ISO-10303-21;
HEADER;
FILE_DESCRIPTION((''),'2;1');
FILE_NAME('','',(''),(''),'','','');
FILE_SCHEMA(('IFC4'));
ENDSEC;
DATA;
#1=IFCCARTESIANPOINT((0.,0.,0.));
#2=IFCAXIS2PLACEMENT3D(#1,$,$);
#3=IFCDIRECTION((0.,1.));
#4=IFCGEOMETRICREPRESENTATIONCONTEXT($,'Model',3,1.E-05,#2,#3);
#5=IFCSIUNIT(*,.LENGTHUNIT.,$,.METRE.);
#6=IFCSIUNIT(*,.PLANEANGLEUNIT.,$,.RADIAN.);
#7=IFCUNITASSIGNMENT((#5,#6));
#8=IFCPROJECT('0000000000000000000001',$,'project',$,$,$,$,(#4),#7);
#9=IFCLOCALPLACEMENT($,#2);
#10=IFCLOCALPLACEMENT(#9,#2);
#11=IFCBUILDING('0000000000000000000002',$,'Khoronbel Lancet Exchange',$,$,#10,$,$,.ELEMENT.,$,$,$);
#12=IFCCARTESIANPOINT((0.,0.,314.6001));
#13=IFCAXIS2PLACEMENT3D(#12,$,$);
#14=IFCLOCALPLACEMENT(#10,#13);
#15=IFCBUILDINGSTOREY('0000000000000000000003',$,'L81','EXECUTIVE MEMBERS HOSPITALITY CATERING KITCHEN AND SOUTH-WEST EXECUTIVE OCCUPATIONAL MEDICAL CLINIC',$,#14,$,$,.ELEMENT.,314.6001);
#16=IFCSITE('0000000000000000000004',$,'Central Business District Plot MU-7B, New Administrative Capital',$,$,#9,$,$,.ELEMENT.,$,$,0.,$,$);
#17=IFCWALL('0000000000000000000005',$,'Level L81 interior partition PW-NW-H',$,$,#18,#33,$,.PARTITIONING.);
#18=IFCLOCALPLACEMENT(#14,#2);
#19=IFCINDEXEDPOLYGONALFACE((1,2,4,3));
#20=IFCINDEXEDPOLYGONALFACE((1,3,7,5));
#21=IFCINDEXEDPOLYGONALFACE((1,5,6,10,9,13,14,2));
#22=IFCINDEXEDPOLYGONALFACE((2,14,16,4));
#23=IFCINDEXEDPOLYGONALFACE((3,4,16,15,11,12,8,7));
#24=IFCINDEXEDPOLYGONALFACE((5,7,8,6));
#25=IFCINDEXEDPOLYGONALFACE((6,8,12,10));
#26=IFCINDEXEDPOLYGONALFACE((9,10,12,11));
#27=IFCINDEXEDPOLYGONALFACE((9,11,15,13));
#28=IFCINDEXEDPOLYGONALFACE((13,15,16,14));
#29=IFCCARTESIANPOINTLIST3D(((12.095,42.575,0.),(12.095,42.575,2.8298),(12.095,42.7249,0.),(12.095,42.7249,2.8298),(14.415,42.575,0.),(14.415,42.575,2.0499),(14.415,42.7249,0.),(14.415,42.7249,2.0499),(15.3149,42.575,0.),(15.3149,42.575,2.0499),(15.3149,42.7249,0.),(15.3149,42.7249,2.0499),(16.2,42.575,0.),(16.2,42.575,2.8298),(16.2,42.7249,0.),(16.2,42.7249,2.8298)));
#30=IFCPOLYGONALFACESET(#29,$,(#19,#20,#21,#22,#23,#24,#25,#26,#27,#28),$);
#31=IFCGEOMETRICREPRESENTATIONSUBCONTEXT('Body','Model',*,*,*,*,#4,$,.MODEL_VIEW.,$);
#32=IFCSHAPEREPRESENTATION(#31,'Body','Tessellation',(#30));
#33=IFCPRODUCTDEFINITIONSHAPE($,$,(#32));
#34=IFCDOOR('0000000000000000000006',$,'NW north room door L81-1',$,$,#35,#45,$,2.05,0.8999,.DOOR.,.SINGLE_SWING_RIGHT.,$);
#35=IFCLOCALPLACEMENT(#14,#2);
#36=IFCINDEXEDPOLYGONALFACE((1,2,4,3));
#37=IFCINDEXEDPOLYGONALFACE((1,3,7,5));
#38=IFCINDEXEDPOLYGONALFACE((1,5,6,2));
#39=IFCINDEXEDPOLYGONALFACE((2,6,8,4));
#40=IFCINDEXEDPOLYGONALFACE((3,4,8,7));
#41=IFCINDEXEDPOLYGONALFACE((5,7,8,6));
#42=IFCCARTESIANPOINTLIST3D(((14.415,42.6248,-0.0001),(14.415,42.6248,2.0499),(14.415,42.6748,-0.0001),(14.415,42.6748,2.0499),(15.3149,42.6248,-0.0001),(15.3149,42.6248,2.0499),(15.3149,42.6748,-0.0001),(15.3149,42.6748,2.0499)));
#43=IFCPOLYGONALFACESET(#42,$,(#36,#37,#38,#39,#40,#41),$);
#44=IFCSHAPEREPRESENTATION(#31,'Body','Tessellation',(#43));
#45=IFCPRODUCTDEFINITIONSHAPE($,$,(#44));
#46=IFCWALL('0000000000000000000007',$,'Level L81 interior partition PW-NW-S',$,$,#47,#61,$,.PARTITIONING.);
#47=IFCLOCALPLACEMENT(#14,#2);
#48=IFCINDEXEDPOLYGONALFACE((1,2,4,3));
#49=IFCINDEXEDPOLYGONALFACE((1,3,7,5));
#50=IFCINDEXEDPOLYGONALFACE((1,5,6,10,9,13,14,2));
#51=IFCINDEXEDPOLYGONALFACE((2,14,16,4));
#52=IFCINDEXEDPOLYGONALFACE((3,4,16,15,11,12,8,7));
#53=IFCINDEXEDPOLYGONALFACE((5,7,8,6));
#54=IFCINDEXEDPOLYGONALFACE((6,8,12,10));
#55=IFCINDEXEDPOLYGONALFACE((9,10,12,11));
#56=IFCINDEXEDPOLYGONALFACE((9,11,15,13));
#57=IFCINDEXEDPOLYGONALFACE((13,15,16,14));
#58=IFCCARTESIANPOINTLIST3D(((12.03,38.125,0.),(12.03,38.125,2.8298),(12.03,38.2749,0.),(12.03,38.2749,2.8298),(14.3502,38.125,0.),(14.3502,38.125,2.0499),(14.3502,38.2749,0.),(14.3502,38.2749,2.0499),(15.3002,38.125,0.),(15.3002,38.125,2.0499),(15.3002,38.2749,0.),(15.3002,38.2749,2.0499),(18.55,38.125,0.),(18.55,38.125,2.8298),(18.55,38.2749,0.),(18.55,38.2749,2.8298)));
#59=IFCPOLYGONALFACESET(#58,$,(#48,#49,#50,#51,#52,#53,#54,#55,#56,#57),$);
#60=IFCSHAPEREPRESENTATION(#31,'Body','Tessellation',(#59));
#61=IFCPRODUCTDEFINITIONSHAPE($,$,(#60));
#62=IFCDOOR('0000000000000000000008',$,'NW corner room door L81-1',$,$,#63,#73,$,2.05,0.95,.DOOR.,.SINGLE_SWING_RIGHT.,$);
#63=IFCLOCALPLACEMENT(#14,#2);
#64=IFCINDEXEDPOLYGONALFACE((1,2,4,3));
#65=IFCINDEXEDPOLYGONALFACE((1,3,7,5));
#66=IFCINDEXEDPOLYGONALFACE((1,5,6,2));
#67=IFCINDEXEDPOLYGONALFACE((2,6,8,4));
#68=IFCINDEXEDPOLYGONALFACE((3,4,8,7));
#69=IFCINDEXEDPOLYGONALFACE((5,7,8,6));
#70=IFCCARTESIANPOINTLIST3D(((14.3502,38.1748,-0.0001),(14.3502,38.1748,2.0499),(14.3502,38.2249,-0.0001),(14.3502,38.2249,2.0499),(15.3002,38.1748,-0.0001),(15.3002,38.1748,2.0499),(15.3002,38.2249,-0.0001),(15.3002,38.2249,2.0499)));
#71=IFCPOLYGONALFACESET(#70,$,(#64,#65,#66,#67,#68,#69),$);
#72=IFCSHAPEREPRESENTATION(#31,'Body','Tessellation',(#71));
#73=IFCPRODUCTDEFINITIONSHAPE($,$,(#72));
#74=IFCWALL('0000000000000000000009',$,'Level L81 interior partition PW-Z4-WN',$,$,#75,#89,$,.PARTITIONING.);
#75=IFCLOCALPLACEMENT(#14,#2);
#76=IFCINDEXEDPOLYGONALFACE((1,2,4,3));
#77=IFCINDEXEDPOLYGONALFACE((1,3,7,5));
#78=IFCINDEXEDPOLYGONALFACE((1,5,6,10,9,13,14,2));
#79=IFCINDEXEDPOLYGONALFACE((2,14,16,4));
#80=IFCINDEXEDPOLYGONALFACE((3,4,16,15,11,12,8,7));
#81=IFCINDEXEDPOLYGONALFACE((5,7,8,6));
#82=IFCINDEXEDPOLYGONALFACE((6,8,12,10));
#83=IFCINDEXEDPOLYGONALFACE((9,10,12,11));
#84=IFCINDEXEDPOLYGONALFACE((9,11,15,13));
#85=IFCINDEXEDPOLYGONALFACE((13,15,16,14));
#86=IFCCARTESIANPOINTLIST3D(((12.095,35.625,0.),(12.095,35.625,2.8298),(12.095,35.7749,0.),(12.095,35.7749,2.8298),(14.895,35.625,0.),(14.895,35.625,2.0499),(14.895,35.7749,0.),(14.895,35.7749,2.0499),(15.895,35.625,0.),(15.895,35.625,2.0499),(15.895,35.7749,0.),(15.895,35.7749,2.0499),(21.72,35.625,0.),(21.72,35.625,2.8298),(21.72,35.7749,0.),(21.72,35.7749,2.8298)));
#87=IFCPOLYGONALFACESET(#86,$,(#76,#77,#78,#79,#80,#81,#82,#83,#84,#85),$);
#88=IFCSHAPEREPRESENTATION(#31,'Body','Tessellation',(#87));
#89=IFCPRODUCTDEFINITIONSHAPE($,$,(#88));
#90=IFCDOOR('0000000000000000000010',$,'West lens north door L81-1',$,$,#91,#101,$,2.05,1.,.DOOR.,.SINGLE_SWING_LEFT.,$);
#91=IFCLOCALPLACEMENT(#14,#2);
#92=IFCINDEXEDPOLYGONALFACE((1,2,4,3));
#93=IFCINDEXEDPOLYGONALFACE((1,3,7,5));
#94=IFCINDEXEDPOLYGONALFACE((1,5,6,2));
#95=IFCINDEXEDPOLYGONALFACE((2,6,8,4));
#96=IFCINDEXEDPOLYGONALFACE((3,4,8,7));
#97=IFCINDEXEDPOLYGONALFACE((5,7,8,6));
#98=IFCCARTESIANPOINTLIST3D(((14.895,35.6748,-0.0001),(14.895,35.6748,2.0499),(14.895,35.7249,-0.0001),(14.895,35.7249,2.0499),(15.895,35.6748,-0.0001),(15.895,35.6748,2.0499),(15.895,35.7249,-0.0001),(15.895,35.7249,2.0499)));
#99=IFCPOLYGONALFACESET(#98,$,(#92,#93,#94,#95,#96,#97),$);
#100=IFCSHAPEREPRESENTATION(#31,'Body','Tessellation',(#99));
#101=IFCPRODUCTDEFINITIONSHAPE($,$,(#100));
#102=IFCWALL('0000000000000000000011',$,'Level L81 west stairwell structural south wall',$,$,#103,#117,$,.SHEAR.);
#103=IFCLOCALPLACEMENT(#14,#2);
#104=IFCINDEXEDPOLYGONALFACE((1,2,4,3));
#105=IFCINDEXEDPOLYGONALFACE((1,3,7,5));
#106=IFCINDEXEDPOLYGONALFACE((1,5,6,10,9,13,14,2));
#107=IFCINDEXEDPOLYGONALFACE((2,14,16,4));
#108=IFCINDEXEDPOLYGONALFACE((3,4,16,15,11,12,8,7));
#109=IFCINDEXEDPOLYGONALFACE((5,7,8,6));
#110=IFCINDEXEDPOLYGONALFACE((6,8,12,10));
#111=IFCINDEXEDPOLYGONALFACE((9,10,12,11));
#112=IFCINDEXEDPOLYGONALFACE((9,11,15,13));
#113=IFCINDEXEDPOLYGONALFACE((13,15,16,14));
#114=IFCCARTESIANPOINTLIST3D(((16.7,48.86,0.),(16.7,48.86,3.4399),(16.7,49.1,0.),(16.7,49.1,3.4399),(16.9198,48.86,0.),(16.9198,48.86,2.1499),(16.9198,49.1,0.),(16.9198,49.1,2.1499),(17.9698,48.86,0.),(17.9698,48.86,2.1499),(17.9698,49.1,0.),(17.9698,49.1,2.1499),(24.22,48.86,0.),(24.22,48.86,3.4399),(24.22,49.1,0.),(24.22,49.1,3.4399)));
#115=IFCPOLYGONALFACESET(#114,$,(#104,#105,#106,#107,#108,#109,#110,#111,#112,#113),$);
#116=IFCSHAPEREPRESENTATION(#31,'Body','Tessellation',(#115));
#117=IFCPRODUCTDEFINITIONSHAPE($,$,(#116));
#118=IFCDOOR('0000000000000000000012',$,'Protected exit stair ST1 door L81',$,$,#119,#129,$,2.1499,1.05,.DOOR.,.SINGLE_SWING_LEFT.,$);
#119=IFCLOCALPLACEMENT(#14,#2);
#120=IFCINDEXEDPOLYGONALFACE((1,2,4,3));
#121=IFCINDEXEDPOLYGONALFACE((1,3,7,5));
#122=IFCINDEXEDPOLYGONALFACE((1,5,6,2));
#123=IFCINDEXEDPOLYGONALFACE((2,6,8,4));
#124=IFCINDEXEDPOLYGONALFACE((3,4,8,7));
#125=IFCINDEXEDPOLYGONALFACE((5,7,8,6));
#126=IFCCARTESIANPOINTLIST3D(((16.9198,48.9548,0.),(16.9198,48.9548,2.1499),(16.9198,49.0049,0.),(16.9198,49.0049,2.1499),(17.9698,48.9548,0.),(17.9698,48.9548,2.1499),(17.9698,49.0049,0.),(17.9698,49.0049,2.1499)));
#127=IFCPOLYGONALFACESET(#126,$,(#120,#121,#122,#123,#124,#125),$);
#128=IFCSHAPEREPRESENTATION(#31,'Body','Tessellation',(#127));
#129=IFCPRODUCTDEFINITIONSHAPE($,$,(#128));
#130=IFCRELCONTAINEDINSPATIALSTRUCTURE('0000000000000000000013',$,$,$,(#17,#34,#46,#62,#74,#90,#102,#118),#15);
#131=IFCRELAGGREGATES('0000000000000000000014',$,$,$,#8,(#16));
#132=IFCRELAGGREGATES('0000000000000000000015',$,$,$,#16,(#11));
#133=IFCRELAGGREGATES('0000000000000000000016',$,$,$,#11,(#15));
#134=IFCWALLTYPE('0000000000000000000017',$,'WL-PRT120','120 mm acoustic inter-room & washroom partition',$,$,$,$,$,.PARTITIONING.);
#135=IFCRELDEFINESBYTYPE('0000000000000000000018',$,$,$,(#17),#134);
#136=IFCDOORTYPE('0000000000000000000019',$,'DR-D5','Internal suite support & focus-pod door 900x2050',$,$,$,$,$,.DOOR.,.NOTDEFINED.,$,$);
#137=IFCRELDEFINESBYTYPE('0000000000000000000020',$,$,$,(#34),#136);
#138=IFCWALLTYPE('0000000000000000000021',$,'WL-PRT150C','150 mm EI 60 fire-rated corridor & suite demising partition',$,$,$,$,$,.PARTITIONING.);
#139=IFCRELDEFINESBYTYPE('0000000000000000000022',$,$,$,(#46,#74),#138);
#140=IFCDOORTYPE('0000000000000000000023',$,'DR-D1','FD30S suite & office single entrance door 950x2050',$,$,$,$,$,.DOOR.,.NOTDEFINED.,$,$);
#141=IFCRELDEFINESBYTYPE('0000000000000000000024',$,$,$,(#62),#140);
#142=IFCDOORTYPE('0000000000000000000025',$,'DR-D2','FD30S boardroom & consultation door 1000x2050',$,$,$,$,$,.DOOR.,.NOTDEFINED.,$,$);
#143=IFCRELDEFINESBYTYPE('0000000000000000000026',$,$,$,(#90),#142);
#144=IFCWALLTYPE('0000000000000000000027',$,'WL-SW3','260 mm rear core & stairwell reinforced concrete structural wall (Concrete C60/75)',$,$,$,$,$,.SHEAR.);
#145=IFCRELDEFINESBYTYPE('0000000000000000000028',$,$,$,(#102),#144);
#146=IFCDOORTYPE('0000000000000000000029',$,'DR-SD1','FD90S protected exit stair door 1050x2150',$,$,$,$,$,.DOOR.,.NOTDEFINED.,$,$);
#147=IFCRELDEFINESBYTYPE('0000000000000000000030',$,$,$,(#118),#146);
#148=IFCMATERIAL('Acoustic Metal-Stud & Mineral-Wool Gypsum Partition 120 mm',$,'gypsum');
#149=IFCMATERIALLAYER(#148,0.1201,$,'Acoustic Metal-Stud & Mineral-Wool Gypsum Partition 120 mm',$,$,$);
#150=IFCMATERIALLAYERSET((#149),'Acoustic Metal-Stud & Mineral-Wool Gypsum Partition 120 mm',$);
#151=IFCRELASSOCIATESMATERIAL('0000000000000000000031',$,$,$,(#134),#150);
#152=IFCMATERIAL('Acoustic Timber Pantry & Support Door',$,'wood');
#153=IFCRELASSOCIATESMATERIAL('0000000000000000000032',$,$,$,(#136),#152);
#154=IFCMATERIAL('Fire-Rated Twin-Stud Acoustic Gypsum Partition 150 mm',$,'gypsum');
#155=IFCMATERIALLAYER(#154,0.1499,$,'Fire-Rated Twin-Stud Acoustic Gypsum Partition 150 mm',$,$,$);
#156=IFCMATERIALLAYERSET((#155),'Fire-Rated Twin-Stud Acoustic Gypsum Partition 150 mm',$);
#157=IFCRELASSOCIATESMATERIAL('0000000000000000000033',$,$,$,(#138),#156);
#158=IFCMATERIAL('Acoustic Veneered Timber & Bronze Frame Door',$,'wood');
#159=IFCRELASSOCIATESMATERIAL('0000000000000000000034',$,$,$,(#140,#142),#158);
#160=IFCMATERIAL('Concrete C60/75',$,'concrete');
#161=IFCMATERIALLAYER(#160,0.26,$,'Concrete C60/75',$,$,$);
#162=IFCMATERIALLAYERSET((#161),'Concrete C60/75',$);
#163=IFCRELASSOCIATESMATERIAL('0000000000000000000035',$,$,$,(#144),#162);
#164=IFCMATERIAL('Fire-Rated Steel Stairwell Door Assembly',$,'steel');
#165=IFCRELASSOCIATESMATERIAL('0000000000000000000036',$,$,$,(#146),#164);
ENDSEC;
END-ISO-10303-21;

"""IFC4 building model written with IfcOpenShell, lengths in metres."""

from ifc_helpers import new_model, si_unit, direction, frame, frame_2d, origin, place, context, subcontext, project, spatial, rectangle, extrude, material, layer, layer_set, type_object, element, fill, save


model = new_model("IFC4")

# Units and contexts
model_context = context("Model", 3, precision=1e-05, world=origin(), true_north=direction((0.0, 1.0)))
body_context = subcontext(model_context, "Body", "Model", "MODEL_VIEW")
ifc_project = project(units=[si_unit("LENGTHUNIT", "METRE"), si_unit("PLANEANGLEUNIT", "RADIAN")], contexts=[model_context])

# Site, building, storey
site_placement = place(None, origin())
site = spatial("IfcSite", under=ifc_project, at=site_placement, Name="Central Business District Plot MU-7B, New Administrative Capital", CompositionType="ELEMENT", RefElevation=0.0)
building_placement = place(site_placement, origin())
building = spatial("IfcBuilding", under=site, at=building_placement, Name="Khoronbel Lancet Exchange", CompositionType="ELEMENT")
storey_placement = place(building_placement, frame((0.0, 0.0, 314.6001)))
storey = spatial("IfcBuildingStorey", under=building, at=storey_placement, Name="L81", Description="EXECUTIVE MEMBERS HOSPITALITY CATERING KITCHEN AND SOUTH-WEST EXECUTIVE OCCUPATIONAL MEDICAL CLINIC", CompositionType="ELEMENT", Elevation=314.6001)

# Shared definitions
ifc_material_1 = material(Name="Concrete C60/75", Category="concrete")

# Walls, openings, doors
ifc_material_2 = material(Name="Acoustic Metal-Stud & Mineral-Wool Gypsum Partition 120 mm", Category="gypsum")
ifc_layer_1 = layer(ifc_material_2, 0.1201, Name="Acoustic Metal-Stud & Mineral-Wool Gypsum Partition 120 mm")
ifc_layer_set_1 = layer_set([ifc_layer_1], Name="Acoustic Metal-Stud & Mineral-Wool Gypsum Partition 120 mm")
wall_type_1 = type_object("IfcWallType", Name="WL-PRT120", Description="120 mm acoustic inter-room & washroom partition", PredefinedType="PARTITIONING", material=ifc_layer_set_1)
wall_1_placement = place(storey_placement, frame((12.095, 42.6499, 0.0), z_axis=(0.0, 0.0, 1.0), x_axis=(1.0, 0.0, 0.0)))
wall_1 = element("IfcWall", 1, at=wall_1_placement, inside=storey, type_object=wall_type_1, Name="Level L81 interior partition PW-NW-H", PredefinedType="PARTITIONING", context=body_context, shape_type="SweptSolid", body=[
    extrude(rectangle(XDim=4.105, YDim=0.1499, at=frame_2d((2.0525, 0.0))), origin(), (0.0, 0.0, 1.0), 2.8298),
])
opening_1_placement = place(wall_1_placement, frame((2.3201, 0.0, 0.0)))
opening_1 = element("IfcOpeningElement", 2, at=opening_1_placement, cuts=wall_1, PredefinedType="OPENING", context=body_context, shape_type="SweptSolid", body=[
    extrude(rectangle(XDim=0.8999, YDim=2.05, at=frame_2d((0.45, 1.0249))), frame((0.0, 0.085, 0.0), z_axis=(0.0, -1.0, 0.0), x_axis=(1.0, 0.0, 0.0)), (0.0, 0.0, 1.0), 0.1699),
])
ifc_material_3 = material(Name="Acoustic Timber Pantry & Support Door", Category="wood")
door_type_1 = type_object("IfcDoorType", Name="DR-D5", Description="Internal suite support & focus-pod door 900x2050", OperationType="NOTDEFINED", PredefinedType="DOOR", material=ifc_material_3)
door_1_placement = place(opening_1_placement, origin())
door_1 = element("IfcDoor", 3, at=door_1_placement, inside=storey, type_object=door_type_1, Name="NW north room door L81-1", OperationType="SINGLE_SWING_RIGHT", OverallHeight=2.05, OverallWidth=0.8999, PredefinedType="DOOR", context=body_context, shape_type="SweptSolid", body=[
    extrude(rectangle(XDim=0.8999, YDim=2.05, at=frame_2d((0.45, 1.0249))), frame((0.0, 0.0249, 0.0), z_axis=(0.0, -1.0, 0.0), x_axis=(1.0, 0.0, 0.0)), (0.0, 0.0, 1.0), 0.05),
])
fill(opening_1, door_1)
ifc_material_4 = material(Name="Fire-Rated Twin-Stud Acoustic Gypsum Partition 150 mm", Category="gypsum")
ifc_layer_2 = layer(ifc_material_4, 0.1499, Name="Fire-Rated Twin-Stud Acoustic Gypsum Partition 150 mm")
ifc_layer_set_2 = layer_set([ifc_layer_2], Name="Fire-Rated Twin-Stud Acoustic Gypsum Partition 150 mm")
wall_type_2 = type_object("IfcWallType", Name="WL-PRT150C", Description="150 mm EI 60 fire-rated corridor & suite demising partition", PredefinedType="PARTITIONING", material=ifc_layer_set_2)
wall_2_placement = place(storey_placement, frame((12.03, 38.2, 0.0), z_axis=(0.0, 0.0, 1.0), x_axis=(1.0, 0.0, 0.0)))
wall_2 = element("IfcWall", 4, at=wall_2_placement, inside=storey, type_object=wall_type_2, Name="Level L81 interior partition PW-NW-S", PredefinedType="PARTITIONING", context=body_context, shape_type="SweptSolid", body=[
    extrude(rectangle(XDim=6.52, YDim=0.1499, at=frame_2d((3.26, 0.0))), origin(), (0.0, 0.0, 1.0), 2.8298),
])
opening_2_placement = place(wall_2_placement, frame((2.3201, 0.0, 0.0)))
opening_2 = element("IfcOpeningElement", 5, at=opening_2_placement, cuts=wall_2, PredefinedType="OPENING", context=body_context, shape_type="SweptSolid", body=[
    extrude(rectangle(XDim=0.95, YDim=2.05, at=frame_2d((0.4751, 1.0249))), frame((0.0, 0.085, 0.0), z_axis=(0.0, -1.0, 0.0), x_axis=(1.0, 0.0, 0.0)), (0.0, 0.0, 1.0), 0.1699),
])
ifc_material_5 = material(Name="Acoustic Veneered Timber & Bronze Frame Door", Category="wood")
door_type_2 = type_object("IfcDoorType", Name="DR-D1", Description="FD30S suite & office single entrance door 950x2050", OperationType="NOTDEFINED", PredefinedType="DOOR", material=ifc_material_5)
door_2_placement = place(opening_2_placement, origin())
door_2 = element("IfcDoor", 6, at=door_2_placement, inside=storey, type_object=door_type_2, Name="NW corner room door L81-1", OperationType="SINGLE_SWING_RIGHT", OverallHeight=2.05, OverallWidth=0.95, PredefinedType="DOOR", context=body_context, shape_type="SweptSolid", body=[
    extrude(rectangle(XDim=0.95, YDim=2.05, at=frame_2d((0.4751, 1.0249))), frame((0.0, 0.0249, 0.0), z_axis=(0.0, -1.0, 0.0), x_axis=(1.0, 0.0, 0.0)), (0.0, 0.0, 1.0), 0.05),
])
fill(opening_2, door_2)
wall_3_placement = place(storey_placement, frame((12.095, 35.7, 0.0), z_axis=(0.0, 0.0, 1.0), x_axis=(1.0, 0.0, 0.0)))
wall_3 = element("IfcWall", 7, at=wall_3_placement, inside=storey, type_object=wall_type_2, Name="Level L81 interior partition PW-Z4-WN", PredefinedType="PARTITIONING", context=body_context, shape_type="SweptSolid", body=[
    extrude(rectangle(XDim=9.625, YDim=0.1499, at=frame_2d((4.8125, 0.0))), origin(), (0.0, 0.0, 1.0), 2.8298),
])
opening_3_placement = place(wall_3_placement, frame((2.8, 0.0, 0.0)))
opening_3 = element("IfcOpeningElement", 8, at=opening_3_placement, cuts=wall_3, PredefinedType="OPENING", context=body_context, shape_type="SweptSolid", body=[
    extrude(rectangle(XDim=1.0, YDim=2.05, at=frame_2d((0.5, 1.0249))), frame((0.0, 0.085, 0.0), z_axis=(0.0, -1.0, 0.0), x_axis=(1.0, 0.0, 0.0)), (0.0, 0.0, 1.0), 0.1699),
])
door_type_3 = type_object("IfcDoorType", Name="DR-D2", Description="FD30S boardroom & consultation door 1000x2050", OperationType="NOTDEFINED", PredefinedType="DOOR", material=ifc_material_5)
door_3_placement = place(opening_3_placement, origin())
door_3 = element("IfcDoor", 9, at=door_3_placement, inside=storey, type_object=door_type_3, Name="West lens north door L81-1", OperationType="SINGLE_SWING_LEFT", OverallHeight=2.05, OverallWidth=1.0, PredefinedType="DOOR", context=body_context, shape_type="SweptSolid", body=[
    extrude(rectangle(XDim=1.0, YDim=2.05, at=frame_2d((0.5, 1.0249))), frame((0.0, 0.0249, 0.0), z_axis=(0.0, -1.0, 0.0), x_axis=(1.0, 0.0, 0.0)), (0.0, 0.0, 1.0), 0.05),
])
fill(opening_3, door_3)
ifc_layer_3 = layer(ifc_material_1, 0.26, Name="Concrete C60/75")
ifc_layer_set_3 = layer_set([ifc_layer_3], Name="Concrete C60/75")
wall_type_3 = type_object("IfcWallType", Name="WL-SW3", Description="260 mm rear core & stairwell reinforced concrete structural wall (Concrete C60/75)", PredefinedType="SHEAR", material=ifc_layer_set_3)
wall_4_placement = place(storey_placement, frame((16.7, 48.98, 0.0), z_axis=(0.0, 0.0, 1.0), x_axis=(1.0, 0.0, 0.0)))
wall_4 = element("IfcWall", 10, at=wall_4_placement, inside=storey, type_object=wall_type_3, Name="Level L81 west stairwell structural south wall", PredefinedType="SHEAR", context=body_context, shape_type="SweptSolid", body=[
    extrude(rectangle(XDim=7.52, YDim=0.24, at=frame_2d((3.76, 0.0))), origin(), (0.0, 0.0, 1.0), 3.4399),
])
opening_4_placement = place(wall_4_placement, frame((0.22, 0.0, 0.0)))
opening_4 = element("IfcOpeningElement", 11, at=opening_4_placement, cuts=wall_4, PredefinedType="OPENING", context=body_context, shape_type="SweptSolid", body=[
    extrude(rectangle(XDim=1.05, YDim=2.1499, at=frame_2d((0.5249, 1.075))), frame((0.0, 0.1299, 0.0), z_axis=(0.0, -1.0, 0.0), x_axis=(1.0, 0.0, 0.0)), (0.0, 0.0, 1.0), 0.26),
])
ifc_material_6 = material(Name="Fire-Rated Steel Stairwell Door Assembly", Category="steel")
door_type_4 = type_object("IfcDoorType", Name="DR-SD1", Description="FD90S protected exit stair door 1050x2150", OperationType="NOTDEFINED", PredefinedType="DOOR", material=ifc_material_6)
door_4_placement = place(opening_4_placement, origin())
door_4 = element("IfcDoor", 12, at=door_4_placement, inside=storey, type_object=door_type_4, Name="Protected exit stair ST1 door L81", OperationType="SINGLE_SWING_LEFT", OverallHeight=2.1499, OverallWidth=1.05, PredefinedType="DOOR", context=body_context, shape_type="SweptSolid", body=[
    extrude(rectangle(XDim=1.05, YDim=2.1499, at=frame_2d((0.5249, 1.075))), frame((0.0, 0.0249, 0.0), z_axis=(0.0, -1.0, 0.0), x_axis=(1.0, 0.0, 0.0)), (0.0, 0.0, 1.0), 0.05),
])
fill(opening_4, door_4)

save(model, "model.ifc")
